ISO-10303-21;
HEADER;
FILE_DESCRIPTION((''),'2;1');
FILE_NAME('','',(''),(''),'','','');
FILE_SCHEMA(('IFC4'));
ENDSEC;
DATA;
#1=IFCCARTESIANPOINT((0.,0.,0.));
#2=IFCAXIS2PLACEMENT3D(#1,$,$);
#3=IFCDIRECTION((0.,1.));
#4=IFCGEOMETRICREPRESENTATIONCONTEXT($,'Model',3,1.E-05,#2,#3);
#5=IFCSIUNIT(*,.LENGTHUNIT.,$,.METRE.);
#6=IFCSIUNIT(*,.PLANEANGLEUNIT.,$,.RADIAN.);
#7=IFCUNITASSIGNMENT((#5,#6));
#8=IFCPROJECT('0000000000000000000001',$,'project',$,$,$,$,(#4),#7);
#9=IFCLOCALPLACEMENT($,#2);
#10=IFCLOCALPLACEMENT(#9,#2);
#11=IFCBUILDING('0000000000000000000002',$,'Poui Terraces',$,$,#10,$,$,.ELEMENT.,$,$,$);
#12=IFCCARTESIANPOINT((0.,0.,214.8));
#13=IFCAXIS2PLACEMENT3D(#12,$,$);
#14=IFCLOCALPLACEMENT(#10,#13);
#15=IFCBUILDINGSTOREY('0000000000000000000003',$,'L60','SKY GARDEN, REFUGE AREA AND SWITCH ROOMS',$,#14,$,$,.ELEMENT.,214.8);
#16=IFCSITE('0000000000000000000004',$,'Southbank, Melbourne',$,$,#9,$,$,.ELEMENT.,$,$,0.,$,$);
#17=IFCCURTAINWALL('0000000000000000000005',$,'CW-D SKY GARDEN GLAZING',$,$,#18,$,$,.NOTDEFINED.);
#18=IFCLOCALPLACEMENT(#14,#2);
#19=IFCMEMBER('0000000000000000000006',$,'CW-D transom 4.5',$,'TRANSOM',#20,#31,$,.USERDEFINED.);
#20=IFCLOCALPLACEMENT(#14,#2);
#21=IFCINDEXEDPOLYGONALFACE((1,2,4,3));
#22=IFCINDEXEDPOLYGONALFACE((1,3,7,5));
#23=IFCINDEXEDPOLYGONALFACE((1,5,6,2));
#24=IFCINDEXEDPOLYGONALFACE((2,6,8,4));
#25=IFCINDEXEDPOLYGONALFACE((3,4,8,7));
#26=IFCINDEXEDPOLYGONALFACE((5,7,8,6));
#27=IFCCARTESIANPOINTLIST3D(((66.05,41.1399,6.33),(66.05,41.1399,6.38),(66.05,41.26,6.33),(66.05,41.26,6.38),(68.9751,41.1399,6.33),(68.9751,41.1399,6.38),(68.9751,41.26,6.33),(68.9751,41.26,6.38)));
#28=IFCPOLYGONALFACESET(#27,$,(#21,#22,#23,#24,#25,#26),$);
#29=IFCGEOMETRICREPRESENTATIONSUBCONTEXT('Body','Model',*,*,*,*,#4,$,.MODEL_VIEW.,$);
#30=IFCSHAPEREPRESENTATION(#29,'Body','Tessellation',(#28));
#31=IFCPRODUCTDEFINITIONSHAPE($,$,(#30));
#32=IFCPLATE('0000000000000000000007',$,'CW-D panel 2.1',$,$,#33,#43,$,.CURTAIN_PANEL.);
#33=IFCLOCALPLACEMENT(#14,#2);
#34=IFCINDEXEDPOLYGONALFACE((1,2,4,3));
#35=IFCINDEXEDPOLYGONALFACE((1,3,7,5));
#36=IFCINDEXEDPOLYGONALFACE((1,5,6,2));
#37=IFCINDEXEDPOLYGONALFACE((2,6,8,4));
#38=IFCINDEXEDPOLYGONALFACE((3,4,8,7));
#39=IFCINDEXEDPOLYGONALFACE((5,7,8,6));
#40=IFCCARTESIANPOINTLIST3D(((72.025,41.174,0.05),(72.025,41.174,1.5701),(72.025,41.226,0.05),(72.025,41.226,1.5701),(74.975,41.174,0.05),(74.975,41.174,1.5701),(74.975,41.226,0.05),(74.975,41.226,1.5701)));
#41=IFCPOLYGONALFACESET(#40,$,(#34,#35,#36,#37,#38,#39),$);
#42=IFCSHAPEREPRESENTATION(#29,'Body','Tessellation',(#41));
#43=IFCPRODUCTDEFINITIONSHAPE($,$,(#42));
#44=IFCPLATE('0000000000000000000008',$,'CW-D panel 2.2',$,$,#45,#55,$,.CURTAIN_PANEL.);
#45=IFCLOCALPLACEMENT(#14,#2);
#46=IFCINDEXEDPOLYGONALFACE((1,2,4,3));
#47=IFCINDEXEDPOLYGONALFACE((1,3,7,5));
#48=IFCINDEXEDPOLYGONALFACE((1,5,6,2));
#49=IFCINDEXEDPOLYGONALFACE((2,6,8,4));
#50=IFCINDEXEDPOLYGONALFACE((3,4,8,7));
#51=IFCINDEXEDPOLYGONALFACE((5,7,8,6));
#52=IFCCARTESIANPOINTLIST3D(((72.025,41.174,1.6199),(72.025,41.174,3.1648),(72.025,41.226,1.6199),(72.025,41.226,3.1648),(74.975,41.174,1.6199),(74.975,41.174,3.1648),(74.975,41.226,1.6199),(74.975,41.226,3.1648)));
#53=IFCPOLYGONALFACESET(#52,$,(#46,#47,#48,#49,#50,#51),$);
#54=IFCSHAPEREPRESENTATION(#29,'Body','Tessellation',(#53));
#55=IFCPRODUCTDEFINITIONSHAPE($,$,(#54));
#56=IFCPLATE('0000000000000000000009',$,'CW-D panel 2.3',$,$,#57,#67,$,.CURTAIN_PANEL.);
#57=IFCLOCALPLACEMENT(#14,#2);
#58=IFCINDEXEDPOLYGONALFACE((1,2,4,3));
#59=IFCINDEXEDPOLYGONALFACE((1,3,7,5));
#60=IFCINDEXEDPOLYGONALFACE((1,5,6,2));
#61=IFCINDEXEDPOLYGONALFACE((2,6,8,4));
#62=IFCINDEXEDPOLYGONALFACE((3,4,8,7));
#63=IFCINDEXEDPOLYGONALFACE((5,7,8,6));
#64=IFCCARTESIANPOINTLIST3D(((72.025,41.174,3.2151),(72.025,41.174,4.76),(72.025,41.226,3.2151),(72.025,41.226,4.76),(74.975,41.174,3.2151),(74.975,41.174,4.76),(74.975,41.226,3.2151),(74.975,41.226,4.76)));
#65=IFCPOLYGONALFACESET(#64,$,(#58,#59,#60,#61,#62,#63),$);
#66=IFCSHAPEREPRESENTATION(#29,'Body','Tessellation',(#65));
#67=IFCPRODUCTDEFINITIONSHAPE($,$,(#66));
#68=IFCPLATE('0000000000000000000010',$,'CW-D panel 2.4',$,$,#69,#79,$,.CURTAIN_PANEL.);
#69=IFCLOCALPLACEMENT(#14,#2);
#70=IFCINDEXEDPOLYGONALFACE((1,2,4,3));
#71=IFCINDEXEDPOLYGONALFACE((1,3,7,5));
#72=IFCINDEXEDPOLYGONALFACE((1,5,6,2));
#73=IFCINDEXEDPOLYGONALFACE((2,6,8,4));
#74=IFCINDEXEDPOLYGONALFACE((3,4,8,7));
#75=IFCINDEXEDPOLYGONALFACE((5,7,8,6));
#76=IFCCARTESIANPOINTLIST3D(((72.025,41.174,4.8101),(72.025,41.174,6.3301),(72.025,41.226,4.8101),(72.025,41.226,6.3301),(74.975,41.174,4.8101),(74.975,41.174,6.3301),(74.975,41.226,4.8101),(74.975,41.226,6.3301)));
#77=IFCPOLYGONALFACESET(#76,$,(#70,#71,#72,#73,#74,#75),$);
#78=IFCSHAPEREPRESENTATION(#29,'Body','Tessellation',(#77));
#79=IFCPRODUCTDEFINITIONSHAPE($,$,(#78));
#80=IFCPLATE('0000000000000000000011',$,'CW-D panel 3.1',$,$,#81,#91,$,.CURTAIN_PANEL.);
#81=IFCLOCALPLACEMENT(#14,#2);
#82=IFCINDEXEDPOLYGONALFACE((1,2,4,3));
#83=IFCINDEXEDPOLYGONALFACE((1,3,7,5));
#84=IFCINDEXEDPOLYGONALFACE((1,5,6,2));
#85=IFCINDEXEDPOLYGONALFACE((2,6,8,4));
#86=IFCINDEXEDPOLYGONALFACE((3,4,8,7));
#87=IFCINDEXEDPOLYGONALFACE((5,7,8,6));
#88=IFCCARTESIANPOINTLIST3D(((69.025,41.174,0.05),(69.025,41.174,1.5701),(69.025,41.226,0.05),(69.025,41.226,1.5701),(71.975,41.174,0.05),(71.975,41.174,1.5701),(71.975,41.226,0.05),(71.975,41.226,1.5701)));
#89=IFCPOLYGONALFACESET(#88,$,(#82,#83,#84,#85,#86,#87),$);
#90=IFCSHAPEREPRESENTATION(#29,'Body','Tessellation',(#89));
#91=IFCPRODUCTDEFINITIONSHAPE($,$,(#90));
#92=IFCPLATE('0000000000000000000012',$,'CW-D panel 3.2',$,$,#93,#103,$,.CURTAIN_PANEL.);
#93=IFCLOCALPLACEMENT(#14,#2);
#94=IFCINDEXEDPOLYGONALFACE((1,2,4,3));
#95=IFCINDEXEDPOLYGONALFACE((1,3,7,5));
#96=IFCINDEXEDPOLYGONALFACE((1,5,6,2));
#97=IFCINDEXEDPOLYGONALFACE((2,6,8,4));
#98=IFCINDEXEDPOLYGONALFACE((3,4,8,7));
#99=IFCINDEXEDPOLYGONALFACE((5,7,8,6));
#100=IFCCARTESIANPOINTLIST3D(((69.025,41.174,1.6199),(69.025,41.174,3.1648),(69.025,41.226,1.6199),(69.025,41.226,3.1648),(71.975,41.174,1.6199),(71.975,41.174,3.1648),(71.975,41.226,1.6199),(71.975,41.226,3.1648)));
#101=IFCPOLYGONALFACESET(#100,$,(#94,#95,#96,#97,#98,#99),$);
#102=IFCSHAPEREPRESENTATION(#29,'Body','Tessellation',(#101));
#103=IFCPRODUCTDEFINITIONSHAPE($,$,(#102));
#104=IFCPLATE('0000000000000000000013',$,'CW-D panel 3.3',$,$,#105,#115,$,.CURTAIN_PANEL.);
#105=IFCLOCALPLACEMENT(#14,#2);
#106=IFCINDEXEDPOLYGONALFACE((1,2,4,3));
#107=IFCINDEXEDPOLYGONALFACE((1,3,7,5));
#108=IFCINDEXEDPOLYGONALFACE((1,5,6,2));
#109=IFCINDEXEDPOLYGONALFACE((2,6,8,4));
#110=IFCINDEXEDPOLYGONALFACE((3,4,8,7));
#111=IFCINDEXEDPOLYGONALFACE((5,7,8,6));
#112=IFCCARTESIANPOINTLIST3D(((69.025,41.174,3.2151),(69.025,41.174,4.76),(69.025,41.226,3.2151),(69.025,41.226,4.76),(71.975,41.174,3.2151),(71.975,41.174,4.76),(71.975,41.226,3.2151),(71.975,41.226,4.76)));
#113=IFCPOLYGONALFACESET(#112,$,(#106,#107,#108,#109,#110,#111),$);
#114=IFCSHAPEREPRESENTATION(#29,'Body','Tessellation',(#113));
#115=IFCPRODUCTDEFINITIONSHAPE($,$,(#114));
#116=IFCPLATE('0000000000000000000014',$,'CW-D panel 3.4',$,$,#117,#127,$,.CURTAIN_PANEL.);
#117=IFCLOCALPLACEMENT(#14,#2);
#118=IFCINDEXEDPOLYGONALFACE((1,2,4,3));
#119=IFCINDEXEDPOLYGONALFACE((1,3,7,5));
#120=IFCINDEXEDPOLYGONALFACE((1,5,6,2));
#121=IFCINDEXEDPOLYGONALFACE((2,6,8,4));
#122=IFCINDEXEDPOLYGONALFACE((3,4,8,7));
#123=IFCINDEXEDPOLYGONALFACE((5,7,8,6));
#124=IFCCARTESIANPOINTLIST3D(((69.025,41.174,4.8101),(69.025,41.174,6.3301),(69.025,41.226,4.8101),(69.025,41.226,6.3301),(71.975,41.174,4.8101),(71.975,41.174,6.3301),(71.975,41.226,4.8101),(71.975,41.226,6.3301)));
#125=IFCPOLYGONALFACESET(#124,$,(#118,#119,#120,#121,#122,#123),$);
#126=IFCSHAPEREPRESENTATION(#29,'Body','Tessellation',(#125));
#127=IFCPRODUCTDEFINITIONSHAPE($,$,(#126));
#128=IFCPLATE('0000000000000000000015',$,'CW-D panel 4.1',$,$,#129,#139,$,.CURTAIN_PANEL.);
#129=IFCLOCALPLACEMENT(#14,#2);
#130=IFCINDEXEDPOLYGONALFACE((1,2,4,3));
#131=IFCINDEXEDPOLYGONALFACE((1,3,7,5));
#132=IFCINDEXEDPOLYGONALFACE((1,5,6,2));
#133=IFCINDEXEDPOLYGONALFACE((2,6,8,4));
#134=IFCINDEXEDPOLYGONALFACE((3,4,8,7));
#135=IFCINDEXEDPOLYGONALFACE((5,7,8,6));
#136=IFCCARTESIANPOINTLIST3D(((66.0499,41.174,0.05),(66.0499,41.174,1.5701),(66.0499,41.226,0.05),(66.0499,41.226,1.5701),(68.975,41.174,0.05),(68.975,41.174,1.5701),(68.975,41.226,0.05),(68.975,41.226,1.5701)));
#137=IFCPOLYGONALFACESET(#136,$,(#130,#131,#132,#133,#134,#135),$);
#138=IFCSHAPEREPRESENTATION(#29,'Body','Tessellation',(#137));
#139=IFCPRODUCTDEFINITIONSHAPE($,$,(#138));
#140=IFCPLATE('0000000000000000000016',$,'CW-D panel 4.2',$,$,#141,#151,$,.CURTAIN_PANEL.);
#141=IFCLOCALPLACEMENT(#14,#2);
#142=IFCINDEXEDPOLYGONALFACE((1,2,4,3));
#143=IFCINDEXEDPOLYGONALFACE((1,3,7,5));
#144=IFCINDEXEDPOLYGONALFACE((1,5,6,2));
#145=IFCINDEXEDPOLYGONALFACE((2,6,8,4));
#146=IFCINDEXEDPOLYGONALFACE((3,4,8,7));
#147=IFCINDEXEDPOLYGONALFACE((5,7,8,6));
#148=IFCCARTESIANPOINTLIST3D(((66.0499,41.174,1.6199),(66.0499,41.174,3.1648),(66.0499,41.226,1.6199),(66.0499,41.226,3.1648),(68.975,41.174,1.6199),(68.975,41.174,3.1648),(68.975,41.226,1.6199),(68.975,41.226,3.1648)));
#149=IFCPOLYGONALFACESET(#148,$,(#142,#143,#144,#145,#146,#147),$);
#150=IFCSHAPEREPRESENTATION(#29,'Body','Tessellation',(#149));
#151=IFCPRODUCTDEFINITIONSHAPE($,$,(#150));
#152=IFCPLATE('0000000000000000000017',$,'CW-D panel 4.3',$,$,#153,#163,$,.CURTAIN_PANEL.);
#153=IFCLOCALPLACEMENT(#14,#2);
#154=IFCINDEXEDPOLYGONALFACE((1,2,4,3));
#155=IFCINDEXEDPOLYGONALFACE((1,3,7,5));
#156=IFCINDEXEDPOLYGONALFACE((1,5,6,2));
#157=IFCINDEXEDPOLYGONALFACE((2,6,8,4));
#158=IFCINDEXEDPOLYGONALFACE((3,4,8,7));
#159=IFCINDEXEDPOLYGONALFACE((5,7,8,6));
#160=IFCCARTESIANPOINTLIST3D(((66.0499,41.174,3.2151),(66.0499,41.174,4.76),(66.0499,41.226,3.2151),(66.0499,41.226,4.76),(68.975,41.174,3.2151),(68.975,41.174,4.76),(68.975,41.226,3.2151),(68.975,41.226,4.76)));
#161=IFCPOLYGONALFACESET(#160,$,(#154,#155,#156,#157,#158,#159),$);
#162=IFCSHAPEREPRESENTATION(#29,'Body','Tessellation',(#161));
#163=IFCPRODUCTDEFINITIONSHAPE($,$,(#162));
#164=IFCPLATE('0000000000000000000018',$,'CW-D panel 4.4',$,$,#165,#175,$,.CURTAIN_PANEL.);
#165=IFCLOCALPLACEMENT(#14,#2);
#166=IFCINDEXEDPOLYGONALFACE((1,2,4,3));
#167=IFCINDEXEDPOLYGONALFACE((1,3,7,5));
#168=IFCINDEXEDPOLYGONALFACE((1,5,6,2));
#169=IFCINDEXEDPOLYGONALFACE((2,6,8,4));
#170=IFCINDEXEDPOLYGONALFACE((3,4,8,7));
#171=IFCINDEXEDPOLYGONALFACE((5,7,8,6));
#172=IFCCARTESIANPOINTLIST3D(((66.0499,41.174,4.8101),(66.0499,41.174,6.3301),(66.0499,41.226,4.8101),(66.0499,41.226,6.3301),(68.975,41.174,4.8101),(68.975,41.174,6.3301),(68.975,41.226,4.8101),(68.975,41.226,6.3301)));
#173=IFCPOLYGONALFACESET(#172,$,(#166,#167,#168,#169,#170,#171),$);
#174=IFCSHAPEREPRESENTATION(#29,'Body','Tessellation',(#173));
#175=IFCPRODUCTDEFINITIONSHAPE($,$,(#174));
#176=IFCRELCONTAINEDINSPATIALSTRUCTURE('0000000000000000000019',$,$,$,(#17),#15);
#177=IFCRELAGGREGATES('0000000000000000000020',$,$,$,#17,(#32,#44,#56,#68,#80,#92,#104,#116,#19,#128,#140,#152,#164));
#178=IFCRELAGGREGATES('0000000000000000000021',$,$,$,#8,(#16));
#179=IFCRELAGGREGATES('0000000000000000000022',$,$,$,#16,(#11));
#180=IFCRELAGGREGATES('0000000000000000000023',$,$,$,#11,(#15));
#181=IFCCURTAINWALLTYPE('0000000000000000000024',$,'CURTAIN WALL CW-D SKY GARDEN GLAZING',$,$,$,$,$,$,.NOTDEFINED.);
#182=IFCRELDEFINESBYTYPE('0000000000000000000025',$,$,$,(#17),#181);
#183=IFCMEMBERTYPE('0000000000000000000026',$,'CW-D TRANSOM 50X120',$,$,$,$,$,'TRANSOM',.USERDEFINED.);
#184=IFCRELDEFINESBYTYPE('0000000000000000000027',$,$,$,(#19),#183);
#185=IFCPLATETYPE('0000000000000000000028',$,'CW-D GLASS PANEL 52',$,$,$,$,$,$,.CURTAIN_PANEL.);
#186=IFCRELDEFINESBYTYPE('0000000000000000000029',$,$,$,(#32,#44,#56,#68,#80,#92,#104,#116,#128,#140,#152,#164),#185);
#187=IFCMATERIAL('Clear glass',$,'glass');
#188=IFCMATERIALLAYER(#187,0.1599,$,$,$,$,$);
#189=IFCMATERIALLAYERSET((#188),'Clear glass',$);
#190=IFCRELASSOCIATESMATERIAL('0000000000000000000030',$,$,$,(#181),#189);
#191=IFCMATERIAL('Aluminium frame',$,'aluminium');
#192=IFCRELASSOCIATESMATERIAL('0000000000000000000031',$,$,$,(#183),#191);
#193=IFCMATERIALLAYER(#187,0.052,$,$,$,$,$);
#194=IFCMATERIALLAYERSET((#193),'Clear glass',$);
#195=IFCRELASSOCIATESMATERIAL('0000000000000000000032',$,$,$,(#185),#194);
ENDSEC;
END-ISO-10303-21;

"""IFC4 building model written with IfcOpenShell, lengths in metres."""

from ifc_helpers import new_model, si_unit, direction, frame, origin, origin_2d, place, context, subcontext, project, spatial, rectangle, extrude, material, layer, layer_set, material_profile, profile_set, type_object, element, aggregate, save


model = new_model("IFC4")

# Units and contexts
model_context = context("Model", 3, precision=1e-05, world=origin(), true_north=direction((0.0, 1.0)))
body_context = subcontext(model_context, "Body", "Model", "MODEL_VIEW")
ifc_project = project(units=[si_unit("LENGTHUNIT", "METRE"), si_unit("PLANEANGLEUNIT", "RADIAN")], contexts=[model_context])

# Site, building, storey
site_placement = place(None, origin())
site = spatial("IfcSite", under=ifc_project, at=site_placement, Name="Southbank, Melbourne", CompositionType="ELEMENT", RefElevation=0.0)
building_placement = place(site_placement, origin())
building = spatial("IfcBuilding", under=site, at=building_placement, Name="Poui Terraces", CompositionType="ELEMENT")
storey_placement = place(building_placement, frame((0.0, 0.0, 214.8)))
storey = spatial("IfcBuildingStorey", under=building, at=storey_placement, Name="L60", Description="SKY GARDEN, REFUGE AREA AND SWITCH ROOMS", CompositionType="ELEMENT", Elevation=214.8)

# Shared definitions
ifc_material_1 = material(Name="Clear glass", Category="glass")
ifc_layer_1 = layer(ifc_material_1, 0.1599)
ifc_layer_set_1 = layer_set([ifc_layer_1], Name="Clear glass")
curtain_wall_type = type_object("IfcCurtainWallType", Name="CURTAIN WALL CW-D SKY GARDEN GLAZING", PredefinedType="NOTDEFINED", material=ifc_layer_set_1)
ifc_material_2 = material(Name="Aluminium frame", Category="aluminium")

# Curtain wall
curtain_wall_1_placement = place(storey_placement, origin())
curtain_wall_1 = element("IfcCurtainWall", 1, at=curtain_wall_1_placement, inside=storey, type_object=curtain_wall_type, Name="CW-D SKY GARDEN GLAZING", PredefinedType="NOTDEFINED")

# Member
ifc_material_profile_1 = material_profile(ifc_material_2, rectangle(XDim=0.1201, YDim=0.05, at=origin_2d()), Name="CW-D TRANSOM 50X120")
ifc_profile_set_1 = profile_set([ifc_material_profile_1], Name="Aluminium frame")
member_type_1 = type_object("IfcMemberType", Name="CW-D TRANSOM 50X120", ElementType="TRANSOM", PredefinedType="USERDEFINED", material=ifc_profile_set_1)
member_1_placement = place(storey_placement, frame((68.9751, 41.2, 6.355), z_axis=(-1.0, 0.0, 0.0), x_axis=(0.0, -1.0, 0.0)))
member_1 = element("IfcMember", 2, at=member_1_placement, type_object=member_type_1, Name="CW-D transom 4.5", ObjectType="TRANSOM", PredefinedType="USERDEFINED", context=body_context, shape_type="SweptSolid", body=[
    extrude(rectangle(XDim=0.1201, YDim=0.05, at=origin_2d()), origin(), (0.0, 0.0, 1.0), 2.925),
])

# Plates
ifc_layer_2 = layer(ifc_material_1, 0.052)
ifc_layer_set_2 = layer_set([ifc_layer_2], Name="Clear glass")
plate_type = type_object("IfcPlateType", Name="CW-D GLASS PANEL 52", PredefinedType="CURTAIN_PANEL", material=ifc_layer_set_2)
plate_1_placement = place(storey_placement, frame((73.5, 41.2, 0.05), z_axis=(0.0, 0.0, 1.0), x_axis=(-1.0, 0.0, 0.0)))
plate_1 = element("IfcPlate", 3, at=plate_1_placement, type_object=plate_type, Name="CW-D panel 2.1", PredefinedType="CURTAIN_PANEL", context=body_context, shape_type="SweptSolid", body=[
    extrude(rectangle(XDim=2.95, YDim=0.052, at=origin_2d()), origin(), (0.0, 0.0, 1.0), 1.52),
])
plate_2_placement = place(storey_placement, frame((73.5, 41.2, 1.6199), z_axis=(0.0, 0.0, 1.0), x_axis=(-1.0, 0.0, 0.0)))
plate_2 = element("IfcPlate", 4, at=plate_2_placement, type_object=plate_type, Name="CW-D panel 2.2", PredefinedType="CURTAIN_PANEL", context=body_context, shape_type="SweptSolid", body=[
    extrude(rectangle(XDim=2.95, YDim=0.052, at=origin_2d()), origin(), (0.0, 0.0, 1.0), 1.5449),
])
plate_3_placement = place(storey_placement, frame((73.5, 41.2, 3.2151), z_axis=(0.0, 0.0, 1.0), x_axis=(-1.0, 0.0, 0.0)))
plate_3 = element("IfcPlate", 5, at=plate_3_placement, type_object=plate_type, Name="CW-D panel 2.3", PredefinedType="CURTAIN_PANEL", context=body_context, shape_type="SweptSolid", body=[
    extrude(rectangle(XDim=2.95, YDim=0.052, at=origin_2d()), origin(), (0.0, 0.0, 1.0), 1.5449),
])
plate_4_placement = place(storey_placement, frame((73.5, 41.2, 4.8101), z_axis=(0.0, 0.0, 1.0), x_axis=(-1.0, 0.0, 0.0)))
plate_4 = element("IfcPlate", 6, at=plate_4_placement, type_object=plate_type, Name="CW-D panel 2.4", PredefinedType="CURTAIN_PANEL", context=body_context, shape_type="SweptSolid", body=[
    extrude(rectangle(XDim=2.95, YDim=0.052, at=origin_2d()), origin(), (0.0, 0.0, 1.0), 1.52),
])
plate_5_placement = place(storey_placement, frame((70.5, 41.2, 0.05), z_axis=(0.0, 0.0, 1.0), x_axis=(-1.0, 0.0, 0.0)))
plate_5 = element("IfcPlate", 7, at=plate_5_placement, type_object=plate_type, Name="CW-D panel 3.1", PredefinedType="CURTAIN_PANEL", context=body_context, shape_type="SweptSolid", body=[
    extrude(rectangle(XDim=2.95, YDim=0.052, at=origin_2d()), origin(), (0.0, 0.0, 1.0), 1.52),
])
plate_6_placement = place(storey_placement, frame((70.5, 41.2, 1.6199), z_axis=(0.0, 0.0, 1.0), x_axis=(-1.0, 0.0, 0.0)))
plate_6 = element("IfcPlate", 8, at=plate_6_placement, type_object=plate_type, Name="CW-D panel 3.2", PredefinedType="CURTAIN_PANEL", context=body_context, shape_type="SweptSolid", body=[
    extrude(rectangle(XDim=2.95, YDim=0.052, at=origin_2d()), origin(), (0.0, 0.0, 1.0), 1.5449),
])
plate_7_placement = place(storey_placement, frame((70.5, 41.2, 3.2151), z_axis=(0.0, 0.0, 1.0), x_axis=(-1.0, 0.0, 0.0)))
plate_7 = element("IfcPlate", 9, at=plate_7_placement, type_object=plate_type, Name="CW-D panel 3.3", PredefinedType="CURTAIN_PANEL", context=body_context, shape_type="SweptSolid", body=[
    extrude(rectangle(XDim=2.95, YDim=0.052, at=origin_2d()), origin(), (0.0, 0.0, 1.0), 1.5449),
])
plate_8_placement = place(storey_placement, frame((70.5, 41.2, 4.8101), z_axis=(0.0, 0.0, 1.0), x_axis=(-1.0, 0.0, 0.0)))
plate_8 = element("IfcPlate", 10, at=plate_8_placement, type_object=plate_type, Name="CW-D panel 3.4", PredefinedType="CURTAIN_PANEL", context=body_context, shape_type="SweptSolid", body=[
    extrude(rectangle(XDim=2.95, YDim=0.052, at=origin_2d()), origin(), (0.0, 0.0, 1.0), 1.52),
])
plate_9_placement = place(storey_placement, frame((67.5125, 41.2, 0.05), z_axis=(0.0, 0.0, 1.0), x_axis=(-1.0, 0.0, 0.0)))
plate_9 = element("IfcPlate", 11, at=plate_9_placement, type_object=plate_type, Name="CW-D panel 4.1", PredefinedType="CURTAIN_PANEL", context=body_context, shape_type="SweptSolid", body=[
    extrude(rectangle(XDim=2.925, YDim=0.052, at=origin_2d()), origin(), (0.0, 0.0, 1.0), 1.52),
])
plate_10_placement = place(storey_placement, frame((67.5125, 41.2, 1.6199), z_axis=(0.0, 0.0, 1.0), x_axis=(-1.0, 0.0, 0.0)))
plate_10 = element("IfcPlate", 12, at=plate_10_placement, type_object=plate_type, Name="CW-D panel 4.2", PredefinedType="CURTAIN_PANEL", context=body_context, shape_type="SweptSolid", body=[
    extrude(rectangle(XDim=2.925, YDim=0.052, at=origin_2d()), origin(), (0.0, 0.0, 1.0), 1.5449),
])
plate_11_placement = place(storey_placement, frame((67.5125, 41.2, 3.2151), z_axis=(0.0, 0.0, 1.0), x_axis=(-1.0, 0.0, 0.0)))
plate_11 = element("IfcPlate", 13, at=plate_11_placement, type_object=plate_type, Name="CW-D panel 4.3", PredefinedType="CURTAIN_PANEL", context=body_context, shape_type="SweptSolid", body=[
    extrude(rectangle(XDim=2.925, YDim=0.052, at=origin_2d()), origin(), (0.0, 0.0, 1.0), 1.5449),
])
plate_12_placement = place(storey_placement, frame((67.5125, 41.2, 4.8101), z_axis=(0.0, 0.0, 1.0), x_axis=(-1.0, 0.0, 0.0)))
plate_12 = element("IfcPlate", 14, at=plate_12_placement, type_object=plate_type, Name="CW-D panel 4.4", PredefinedType="CURTAIN_PANEL", context=body_context, shape_type="SweptSolid", body=[
    extrude(rectangle(XDim=2.925, YDim=0.052, at=origin_2d()), origin(), (0.0, 0.0, 1.0), 1.52),
])
aggregate(curtain_wall_1, [plate_1, plate_2, plate_3, plate_4, plate_5, plate_6, plate_7, plate_8, member_1, plate_9, plate_10, plate_11, plate_12])

save(model, "model.ifc")
